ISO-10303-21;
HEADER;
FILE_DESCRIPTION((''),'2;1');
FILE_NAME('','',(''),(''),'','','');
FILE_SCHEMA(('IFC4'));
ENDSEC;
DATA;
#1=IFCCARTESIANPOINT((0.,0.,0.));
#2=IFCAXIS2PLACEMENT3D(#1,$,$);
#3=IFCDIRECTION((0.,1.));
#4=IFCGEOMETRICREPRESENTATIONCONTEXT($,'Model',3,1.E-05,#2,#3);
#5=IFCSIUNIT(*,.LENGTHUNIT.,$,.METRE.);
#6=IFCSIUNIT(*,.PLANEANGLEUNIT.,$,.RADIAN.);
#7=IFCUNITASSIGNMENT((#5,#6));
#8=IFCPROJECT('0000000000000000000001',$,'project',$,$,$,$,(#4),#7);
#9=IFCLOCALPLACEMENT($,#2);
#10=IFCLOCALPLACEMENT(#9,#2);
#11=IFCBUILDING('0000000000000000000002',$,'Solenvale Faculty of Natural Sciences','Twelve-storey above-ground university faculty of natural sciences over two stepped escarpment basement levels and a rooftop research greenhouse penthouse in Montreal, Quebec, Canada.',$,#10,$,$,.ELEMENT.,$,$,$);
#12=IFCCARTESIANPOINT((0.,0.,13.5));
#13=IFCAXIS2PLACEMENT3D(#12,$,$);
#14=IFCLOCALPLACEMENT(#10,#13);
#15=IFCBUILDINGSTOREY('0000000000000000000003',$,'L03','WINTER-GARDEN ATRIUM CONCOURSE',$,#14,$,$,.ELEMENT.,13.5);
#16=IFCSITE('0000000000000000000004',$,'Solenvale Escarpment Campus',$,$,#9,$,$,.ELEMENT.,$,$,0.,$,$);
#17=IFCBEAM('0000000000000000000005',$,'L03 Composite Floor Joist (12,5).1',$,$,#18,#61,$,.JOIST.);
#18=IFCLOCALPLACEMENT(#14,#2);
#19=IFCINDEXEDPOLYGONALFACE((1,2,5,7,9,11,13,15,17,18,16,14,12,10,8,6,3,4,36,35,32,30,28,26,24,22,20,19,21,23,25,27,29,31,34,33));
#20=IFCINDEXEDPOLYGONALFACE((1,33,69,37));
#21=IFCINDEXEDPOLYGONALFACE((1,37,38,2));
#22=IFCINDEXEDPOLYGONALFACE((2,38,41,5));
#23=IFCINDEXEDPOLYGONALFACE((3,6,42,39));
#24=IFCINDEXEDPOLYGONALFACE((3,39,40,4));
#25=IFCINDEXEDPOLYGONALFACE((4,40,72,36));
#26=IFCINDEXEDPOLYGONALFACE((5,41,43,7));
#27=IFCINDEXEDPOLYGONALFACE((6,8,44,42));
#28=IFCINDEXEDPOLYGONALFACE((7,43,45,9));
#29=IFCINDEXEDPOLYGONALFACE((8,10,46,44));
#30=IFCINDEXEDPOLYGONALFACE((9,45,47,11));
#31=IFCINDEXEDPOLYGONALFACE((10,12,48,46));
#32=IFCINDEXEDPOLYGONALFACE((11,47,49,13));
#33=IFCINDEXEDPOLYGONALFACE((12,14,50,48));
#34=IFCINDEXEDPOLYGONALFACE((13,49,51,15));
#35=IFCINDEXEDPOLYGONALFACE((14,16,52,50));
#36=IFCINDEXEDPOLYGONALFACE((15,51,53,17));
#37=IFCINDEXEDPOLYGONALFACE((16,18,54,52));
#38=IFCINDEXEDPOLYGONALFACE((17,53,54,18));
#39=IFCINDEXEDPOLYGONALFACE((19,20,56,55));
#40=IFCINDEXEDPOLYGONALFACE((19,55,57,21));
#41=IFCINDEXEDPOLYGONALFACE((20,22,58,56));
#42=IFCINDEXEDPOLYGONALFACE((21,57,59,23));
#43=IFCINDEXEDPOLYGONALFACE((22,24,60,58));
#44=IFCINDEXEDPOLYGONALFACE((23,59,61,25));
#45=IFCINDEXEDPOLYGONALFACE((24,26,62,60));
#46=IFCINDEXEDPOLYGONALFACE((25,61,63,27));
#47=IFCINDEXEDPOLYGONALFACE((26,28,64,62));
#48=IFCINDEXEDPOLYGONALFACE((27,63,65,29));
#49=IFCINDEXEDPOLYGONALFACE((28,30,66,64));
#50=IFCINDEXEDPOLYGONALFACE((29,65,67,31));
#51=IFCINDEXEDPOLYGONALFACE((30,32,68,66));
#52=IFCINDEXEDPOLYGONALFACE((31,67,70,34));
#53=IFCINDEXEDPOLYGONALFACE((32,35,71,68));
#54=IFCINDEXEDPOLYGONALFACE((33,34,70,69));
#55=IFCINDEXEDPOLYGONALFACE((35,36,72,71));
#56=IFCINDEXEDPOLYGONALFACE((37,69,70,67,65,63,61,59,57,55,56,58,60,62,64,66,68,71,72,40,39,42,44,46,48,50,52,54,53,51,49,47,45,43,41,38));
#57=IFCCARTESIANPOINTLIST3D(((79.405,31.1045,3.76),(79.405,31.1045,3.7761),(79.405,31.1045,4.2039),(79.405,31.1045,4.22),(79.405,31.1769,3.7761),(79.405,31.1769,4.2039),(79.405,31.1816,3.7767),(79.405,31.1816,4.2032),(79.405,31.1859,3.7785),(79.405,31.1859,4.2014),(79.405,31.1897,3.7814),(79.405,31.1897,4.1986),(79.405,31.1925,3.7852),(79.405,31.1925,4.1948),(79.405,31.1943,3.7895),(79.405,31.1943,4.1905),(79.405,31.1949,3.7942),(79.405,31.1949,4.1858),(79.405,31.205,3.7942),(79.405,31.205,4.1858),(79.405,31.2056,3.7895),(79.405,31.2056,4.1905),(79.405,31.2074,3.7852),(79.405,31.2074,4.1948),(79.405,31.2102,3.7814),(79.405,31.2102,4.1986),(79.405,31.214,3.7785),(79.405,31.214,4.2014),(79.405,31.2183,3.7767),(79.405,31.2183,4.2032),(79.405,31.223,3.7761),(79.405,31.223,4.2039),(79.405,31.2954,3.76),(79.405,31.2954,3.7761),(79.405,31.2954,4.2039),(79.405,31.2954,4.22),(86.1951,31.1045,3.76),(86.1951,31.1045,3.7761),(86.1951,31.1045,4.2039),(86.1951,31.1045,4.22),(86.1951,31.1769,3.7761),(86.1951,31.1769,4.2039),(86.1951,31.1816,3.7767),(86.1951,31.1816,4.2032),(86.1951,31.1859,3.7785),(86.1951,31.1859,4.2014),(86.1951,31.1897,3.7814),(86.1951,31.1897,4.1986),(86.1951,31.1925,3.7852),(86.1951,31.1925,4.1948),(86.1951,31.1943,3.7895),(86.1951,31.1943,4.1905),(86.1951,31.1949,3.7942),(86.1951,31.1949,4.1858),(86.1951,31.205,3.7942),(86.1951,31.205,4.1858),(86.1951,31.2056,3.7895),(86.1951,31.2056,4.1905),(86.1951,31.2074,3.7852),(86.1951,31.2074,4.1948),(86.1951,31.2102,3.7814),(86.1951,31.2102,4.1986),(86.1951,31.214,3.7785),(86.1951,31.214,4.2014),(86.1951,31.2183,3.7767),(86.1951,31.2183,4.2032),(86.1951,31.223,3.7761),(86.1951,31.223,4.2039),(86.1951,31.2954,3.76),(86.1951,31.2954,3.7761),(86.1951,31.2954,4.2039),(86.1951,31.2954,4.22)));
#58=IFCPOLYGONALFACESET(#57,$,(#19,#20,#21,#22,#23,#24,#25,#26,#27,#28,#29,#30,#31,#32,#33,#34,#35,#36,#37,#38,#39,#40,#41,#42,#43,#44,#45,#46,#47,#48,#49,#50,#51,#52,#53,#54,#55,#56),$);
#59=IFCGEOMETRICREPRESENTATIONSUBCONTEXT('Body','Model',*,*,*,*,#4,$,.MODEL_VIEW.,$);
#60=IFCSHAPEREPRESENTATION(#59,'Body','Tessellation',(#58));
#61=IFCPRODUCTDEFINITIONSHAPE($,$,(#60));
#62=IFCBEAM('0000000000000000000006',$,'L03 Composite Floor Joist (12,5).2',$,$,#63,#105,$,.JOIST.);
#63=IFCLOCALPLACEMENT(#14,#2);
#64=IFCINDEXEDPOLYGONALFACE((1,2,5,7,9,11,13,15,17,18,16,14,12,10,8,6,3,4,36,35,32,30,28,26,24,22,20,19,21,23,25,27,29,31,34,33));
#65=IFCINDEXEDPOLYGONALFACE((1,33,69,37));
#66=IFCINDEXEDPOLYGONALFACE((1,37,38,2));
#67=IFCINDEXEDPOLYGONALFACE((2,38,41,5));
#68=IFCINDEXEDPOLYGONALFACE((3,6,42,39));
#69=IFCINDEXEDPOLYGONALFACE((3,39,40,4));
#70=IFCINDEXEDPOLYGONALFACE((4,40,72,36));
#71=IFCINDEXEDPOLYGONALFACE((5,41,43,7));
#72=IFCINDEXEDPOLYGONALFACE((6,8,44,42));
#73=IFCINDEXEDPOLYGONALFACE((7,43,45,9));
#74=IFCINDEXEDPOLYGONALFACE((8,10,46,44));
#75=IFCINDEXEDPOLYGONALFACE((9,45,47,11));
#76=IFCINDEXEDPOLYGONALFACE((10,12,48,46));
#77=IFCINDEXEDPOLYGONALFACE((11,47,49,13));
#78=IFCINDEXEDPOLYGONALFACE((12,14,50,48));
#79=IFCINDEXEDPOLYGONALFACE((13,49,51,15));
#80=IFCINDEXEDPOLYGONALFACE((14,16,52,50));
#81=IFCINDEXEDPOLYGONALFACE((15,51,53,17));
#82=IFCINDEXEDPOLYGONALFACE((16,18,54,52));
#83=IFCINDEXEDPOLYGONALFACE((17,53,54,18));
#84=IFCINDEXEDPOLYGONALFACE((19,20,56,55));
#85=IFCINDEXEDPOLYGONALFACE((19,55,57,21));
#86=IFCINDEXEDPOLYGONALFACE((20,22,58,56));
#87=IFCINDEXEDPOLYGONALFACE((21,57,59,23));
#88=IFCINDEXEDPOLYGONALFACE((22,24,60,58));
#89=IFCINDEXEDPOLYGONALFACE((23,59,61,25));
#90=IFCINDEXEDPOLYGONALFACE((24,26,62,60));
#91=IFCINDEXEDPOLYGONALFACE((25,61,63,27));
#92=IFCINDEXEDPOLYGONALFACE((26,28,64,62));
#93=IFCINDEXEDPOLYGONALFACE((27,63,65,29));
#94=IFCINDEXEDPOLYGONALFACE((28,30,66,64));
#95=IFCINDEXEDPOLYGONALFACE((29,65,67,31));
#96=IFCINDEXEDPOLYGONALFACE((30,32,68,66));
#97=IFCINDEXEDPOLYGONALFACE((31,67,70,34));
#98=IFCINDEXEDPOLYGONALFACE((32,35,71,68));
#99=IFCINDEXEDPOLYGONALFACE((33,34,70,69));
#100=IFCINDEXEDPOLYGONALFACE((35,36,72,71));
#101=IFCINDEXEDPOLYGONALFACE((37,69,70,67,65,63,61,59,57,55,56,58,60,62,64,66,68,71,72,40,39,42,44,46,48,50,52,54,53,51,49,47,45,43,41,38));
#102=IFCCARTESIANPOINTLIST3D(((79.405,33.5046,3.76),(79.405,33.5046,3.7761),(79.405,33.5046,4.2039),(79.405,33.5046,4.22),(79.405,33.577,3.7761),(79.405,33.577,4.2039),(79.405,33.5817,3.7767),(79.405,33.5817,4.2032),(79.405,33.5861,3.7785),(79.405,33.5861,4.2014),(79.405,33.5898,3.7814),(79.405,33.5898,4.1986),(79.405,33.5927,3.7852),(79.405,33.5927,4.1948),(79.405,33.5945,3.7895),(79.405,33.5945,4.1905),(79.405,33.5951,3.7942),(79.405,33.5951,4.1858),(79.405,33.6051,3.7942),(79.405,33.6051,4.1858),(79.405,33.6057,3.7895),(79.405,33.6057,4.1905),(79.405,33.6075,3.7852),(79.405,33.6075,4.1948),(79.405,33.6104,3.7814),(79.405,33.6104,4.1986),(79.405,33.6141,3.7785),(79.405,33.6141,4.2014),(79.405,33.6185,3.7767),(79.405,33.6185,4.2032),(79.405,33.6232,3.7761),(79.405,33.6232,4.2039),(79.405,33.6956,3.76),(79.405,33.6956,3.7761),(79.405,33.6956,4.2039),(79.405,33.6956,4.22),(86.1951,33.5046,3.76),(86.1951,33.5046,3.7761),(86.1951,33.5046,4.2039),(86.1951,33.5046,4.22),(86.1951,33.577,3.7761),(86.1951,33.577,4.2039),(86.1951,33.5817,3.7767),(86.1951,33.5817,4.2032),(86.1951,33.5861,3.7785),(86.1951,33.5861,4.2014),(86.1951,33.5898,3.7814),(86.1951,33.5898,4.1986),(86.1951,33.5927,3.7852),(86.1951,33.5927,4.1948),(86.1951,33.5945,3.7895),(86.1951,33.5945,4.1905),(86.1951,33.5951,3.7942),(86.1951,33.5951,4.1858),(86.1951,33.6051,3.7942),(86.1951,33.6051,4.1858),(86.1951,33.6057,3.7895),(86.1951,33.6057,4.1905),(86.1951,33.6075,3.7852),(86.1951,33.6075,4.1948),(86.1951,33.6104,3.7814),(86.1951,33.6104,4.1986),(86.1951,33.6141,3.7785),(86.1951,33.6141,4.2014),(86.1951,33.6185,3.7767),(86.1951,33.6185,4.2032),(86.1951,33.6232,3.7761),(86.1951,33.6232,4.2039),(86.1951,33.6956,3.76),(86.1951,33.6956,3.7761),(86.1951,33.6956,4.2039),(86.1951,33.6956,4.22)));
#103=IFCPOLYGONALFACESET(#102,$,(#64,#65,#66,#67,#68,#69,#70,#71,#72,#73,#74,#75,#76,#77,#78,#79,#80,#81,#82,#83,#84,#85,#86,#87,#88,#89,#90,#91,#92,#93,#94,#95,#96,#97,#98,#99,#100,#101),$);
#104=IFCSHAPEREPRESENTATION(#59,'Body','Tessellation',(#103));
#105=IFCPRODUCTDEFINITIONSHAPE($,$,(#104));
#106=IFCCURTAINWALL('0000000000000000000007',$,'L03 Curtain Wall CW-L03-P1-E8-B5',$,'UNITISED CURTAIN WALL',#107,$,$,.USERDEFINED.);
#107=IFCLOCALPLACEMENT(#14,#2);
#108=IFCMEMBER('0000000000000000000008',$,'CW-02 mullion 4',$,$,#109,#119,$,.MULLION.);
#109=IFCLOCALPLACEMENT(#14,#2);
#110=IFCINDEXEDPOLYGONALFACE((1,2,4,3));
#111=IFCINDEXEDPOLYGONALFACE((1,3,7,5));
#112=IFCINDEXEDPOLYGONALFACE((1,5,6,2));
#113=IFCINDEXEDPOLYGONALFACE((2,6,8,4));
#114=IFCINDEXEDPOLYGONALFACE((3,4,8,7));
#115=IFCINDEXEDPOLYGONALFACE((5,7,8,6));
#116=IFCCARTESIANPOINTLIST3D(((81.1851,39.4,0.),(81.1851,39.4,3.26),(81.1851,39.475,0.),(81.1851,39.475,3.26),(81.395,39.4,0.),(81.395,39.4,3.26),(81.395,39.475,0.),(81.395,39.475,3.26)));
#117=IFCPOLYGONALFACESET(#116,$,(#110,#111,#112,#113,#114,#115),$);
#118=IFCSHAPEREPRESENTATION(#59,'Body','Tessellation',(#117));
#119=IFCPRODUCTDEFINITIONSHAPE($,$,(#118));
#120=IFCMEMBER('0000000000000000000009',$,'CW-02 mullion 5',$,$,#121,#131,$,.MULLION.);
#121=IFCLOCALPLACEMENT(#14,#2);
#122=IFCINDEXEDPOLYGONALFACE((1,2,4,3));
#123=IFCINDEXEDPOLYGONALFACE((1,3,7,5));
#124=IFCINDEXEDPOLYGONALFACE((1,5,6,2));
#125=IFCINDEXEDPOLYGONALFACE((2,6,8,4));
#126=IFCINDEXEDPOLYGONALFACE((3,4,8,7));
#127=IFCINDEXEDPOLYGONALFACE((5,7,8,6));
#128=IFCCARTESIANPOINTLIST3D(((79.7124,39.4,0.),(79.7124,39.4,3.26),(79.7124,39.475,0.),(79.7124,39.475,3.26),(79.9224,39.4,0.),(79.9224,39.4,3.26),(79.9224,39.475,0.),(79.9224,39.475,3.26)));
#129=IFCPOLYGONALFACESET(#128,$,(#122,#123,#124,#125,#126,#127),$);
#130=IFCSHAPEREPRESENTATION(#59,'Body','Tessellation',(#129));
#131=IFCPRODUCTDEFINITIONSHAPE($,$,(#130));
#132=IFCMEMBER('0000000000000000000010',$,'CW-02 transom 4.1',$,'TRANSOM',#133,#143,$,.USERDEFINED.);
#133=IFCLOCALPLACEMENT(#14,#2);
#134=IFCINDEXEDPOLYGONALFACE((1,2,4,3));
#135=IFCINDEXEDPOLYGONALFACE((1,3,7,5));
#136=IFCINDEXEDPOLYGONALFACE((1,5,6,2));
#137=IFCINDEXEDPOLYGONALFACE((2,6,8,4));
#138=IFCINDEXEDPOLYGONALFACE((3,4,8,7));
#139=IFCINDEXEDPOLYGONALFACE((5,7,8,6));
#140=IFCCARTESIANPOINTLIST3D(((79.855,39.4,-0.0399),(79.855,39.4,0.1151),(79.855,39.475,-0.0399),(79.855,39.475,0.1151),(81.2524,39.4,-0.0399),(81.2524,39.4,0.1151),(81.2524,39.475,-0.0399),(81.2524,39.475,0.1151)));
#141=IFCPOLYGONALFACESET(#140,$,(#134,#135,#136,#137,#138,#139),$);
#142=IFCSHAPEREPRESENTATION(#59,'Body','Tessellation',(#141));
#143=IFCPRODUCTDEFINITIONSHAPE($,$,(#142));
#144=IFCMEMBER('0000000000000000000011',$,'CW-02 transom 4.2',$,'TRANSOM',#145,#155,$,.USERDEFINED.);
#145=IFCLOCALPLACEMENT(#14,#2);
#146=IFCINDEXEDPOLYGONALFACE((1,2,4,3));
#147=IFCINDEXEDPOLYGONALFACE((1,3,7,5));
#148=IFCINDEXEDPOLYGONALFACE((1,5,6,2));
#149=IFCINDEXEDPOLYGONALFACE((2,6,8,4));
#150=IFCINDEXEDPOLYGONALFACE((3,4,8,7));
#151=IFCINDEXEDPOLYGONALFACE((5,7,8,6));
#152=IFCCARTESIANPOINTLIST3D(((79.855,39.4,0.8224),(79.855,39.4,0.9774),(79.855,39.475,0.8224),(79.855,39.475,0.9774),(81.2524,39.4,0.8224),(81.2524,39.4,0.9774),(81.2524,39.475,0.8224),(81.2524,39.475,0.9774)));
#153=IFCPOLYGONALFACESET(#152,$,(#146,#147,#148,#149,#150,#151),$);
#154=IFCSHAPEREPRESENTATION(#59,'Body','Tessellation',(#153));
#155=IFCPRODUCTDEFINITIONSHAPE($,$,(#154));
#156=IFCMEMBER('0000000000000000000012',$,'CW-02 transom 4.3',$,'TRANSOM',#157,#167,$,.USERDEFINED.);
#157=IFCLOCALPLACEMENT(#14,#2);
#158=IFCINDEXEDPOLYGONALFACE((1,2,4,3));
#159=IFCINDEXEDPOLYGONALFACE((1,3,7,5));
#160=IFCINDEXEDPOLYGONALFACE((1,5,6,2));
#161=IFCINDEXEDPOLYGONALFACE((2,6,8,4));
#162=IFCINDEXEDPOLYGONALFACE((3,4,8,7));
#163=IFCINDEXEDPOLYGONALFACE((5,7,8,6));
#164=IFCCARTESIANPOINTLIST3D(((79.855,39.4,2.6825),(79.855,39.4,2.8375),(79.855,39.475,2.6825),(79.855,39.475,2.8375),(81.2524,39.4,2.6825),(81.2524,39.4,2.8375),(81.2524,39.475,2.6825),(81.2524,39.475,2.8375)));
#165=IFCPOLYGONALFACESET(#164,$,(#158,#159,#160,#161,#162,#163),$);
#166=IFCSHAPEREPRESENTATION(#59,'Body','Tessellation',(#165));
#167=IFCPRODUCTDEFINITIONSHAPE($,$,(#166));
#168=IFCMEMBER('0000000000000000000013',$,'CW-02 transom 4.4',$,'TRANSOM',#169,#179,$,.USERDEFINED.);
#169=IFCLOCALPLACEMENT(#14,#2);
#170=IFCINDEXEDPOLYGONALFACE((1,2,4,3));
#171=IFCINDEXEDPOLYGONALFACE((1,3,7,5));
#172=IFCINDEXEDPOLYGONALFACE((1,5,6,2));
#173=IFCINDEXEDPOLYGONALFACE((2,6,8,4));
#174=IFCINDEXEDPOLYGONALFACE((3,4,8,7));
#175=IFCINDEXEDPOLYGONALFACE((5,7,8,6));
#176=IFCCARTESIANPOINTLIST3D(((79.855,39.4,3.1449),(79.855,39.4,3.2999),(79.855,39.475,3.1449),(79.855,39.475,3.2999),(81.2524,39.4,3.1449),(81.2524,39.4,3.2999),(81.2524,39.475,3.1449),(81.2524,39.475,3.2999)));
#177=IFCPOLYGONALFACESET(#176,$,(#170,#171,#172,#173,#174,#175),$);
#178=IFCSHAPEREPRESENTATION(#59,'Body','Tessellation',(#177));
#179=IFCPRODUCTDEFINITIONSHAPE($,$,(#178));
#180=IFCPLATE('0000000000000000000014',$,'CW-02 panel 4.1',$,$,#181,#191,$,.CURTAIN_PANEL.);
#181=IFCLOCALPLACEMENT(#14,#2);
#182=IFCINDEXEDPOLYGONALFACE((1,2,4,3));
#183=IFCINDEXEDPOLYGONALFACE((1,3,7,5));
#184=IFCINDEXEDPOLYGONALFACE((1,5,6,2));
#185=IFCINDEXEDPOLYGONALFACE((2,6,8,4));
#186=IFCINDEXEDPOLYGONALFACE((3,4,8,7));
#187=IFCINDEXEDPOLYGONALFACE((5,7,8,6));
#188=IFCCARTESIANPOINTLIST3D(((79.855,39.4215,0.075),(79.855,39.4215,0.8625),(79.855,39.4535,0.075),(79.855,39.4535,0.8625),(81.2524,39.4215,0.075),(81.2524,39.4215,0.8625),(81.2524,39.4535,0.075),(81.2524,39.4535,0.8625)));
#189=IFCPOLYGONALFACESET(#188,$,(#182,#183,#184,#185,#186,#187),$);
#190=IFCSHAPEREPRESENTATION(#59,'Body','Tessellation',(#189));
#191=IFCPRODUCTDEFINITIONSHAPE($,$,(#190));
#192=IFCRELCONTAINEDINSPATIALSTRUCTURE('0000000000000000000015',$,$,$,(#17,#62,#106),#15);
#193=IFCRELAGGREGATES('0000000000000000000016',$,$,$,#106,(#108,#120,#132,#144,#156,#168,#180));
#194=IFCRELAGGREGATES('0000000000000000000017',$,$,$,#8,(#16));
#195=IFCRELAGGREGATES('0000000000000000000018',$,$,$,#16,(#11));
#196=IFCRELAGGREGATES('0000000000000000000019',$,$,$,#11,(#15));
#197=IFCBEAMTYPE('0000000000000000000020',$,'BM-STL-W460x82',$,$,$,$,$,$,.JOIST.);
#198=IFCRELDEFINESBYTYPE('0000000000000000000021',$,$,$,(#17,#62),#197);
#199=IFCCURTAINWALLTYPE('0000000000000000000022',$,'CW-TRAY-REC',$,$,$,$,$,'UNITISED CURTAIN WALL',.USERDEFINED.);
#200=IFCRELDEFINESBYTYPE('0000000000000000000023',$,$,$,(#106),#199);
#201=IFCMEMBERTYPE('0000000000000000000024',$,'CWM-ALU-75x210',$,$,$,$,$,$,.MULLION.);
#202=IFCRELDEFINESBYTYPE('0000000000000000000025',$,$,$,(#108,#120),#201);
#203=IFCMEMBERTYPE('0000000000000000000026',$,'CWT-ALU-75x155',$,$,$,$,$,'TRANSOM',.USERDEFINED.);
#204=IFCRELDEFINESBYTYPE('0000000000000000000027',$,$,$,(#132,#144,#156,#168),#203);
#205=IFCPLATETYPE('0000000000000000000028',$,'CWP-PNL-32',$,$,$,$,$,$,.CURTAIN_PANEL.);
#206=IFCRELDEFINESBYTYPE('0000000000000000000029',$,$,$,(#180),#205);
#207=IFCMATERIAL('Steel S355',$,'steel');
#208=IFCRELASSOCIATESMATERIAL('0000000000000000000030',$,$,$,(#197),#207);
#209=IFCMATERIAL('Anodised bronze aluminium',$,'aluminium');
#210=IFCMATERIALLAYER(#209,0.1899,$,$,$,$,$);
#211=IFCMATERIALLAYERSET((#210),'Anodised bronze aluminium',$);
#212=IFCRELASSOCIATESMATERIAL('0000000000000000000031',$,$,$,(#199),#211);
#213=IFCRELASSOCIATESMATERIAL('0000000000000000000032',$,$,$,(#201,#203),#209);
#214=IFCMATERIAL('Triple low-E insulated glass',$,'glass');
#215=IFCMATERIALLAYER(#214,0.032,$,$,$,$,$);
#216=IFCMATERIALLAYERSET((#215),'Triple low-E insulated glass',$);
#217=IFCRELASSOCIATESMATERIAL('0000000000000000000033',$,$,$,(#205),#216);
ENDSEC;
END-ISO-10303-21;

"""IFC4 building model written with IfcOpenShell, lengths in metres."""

from ifc_helpers import new_model, si_unit, direction, frame, origin, origin_2d, place, context, subcontext, project, spatial, rectangle, i_section, extrude, material, layer, layer_set, material_profile, profile_set, type_object, element, aggregate, save


model = new_model("IFC4")

# Units and contexts
model_context = context("Model", 3, precision=1e-05, world=origin(), true_north=direction((0.0, 1.0)))
body_context = subcontext(model_context, "Body", "Model", "MODEL_VIEW")
ifc_project = project(units=[si_unit("LENGTHUNIT", "METRE"), si_unit("PLANEANGLEUNIT", "RADIAN")], contexts=[model_context])

# Site, building, storey
site_placement = place(None, origin())
site = spatial("IfcSite", under=ifc_project, at=site_placement, Name="Solenvale Escarpment Campus", CompositionType="ELEMENT", RefElevation=0.0)
building_placement = place(site_placement, origin())
building = spatial("IfcBuilding", under=site, at=building_placement, Name="Solenvale Faculty of Natural Sciences", Description="Twelve-storey above-ground university faculty of natural sciences over two stepped escarpment basement levels and a rooftop research greenhouse penthouse in Montreal, Quebec, Canada.", CompositionType="ELEMENT")
storey_placement = place(building_placement, frame((0.0, 0.0, 13.5)))
storey = spatial("IfcBuildingStorey", under=building, at=storey_placement, Name="L03", Description="WINTER-GARDEN ATRIUM CONCOURSE", CompositionType="ELEMENT", Elevation=13.5)

# Beams
ifc_material_1 = material(Name="Steel S355", Category="steel")
ifc_material_profile_1 = material_profile(ifc_material_1, i_section(OverallWidth=0.1909, OverallDepth=0.46, WebThickness=0.01, FlangeThickness=0.0161, FilletRadius=0.0181, at=origin_2d()), Name="W460x82")
ifc_profile_set_1 = profile_set([ifc_material_profile_1], Name="Steel S355")
beam_type_1 = type_object("IfcBeamType", Name="BM-STL-W460x82", PredefinedType="JOIST", material=ifc_profile_set_1)
for number, where, z_axis, x_axis, name in (
    (1, (79.405, 31.2, 3.99), (1.0, 0.0, 0.0), (0.0, 1.0, 0.0), "L03 Composite Floor Joist (12,5).1"),
    (2, (79.405, 33.6001, 3.99), (1.0, 0.0, 0.0), (0.0, 1.0, 0.0), "L03 Composite Floor Joist (12,5).2"),
):
    element("IfcBeam", number, at=place(storey_placement, frame(where, z_axis=z_axis, x_axis=x_axis)), inside=storey, type_object=beam_type_1, Name=name, PredefinedType="JOIST", context=body_context, shape_type="SweptSolid", body=[
        extrude(i_section(OverallWidth=0.1909, OverallDepth=0.46, WebThickness=0.01, FlangeThickness=0.0161, FilletRadius=0.0181, at=origin_2d()), origin(), (0.0, 0.0, 1.0), 6.79),
    ])

# Curtain wall, members, plate
ifc_material_2 = material(Name="Anodised bronze aluminium", Category="aluminium")
ifc_layer_1 = layer(ifc_material_2, 0.1899)
ifc_layer_set_1 = layer_set([ifc_layer_1], Name="Anodised bronze aluminium")
curtain_wall_type = type_object("IfcCurtainWallType", Name="CW-TRAY-REC", ElementType="UNITISED CURTAIN WALL", PredefinedType="USERDEFINED", material=ifc_layer_set_1)
curtain_wall_placement = place(storey_placement, origin())
curtain_wall = element("IfcCurtainWall", 3, at=curtain_wall_placement, inside=storey, type_object=curtain_wall_type, Name="L03 Curtain Wall CW-L03-P1-E8-B5", ObjectType="UNITISED CURTAIN WALL", PredefinedType="USERDEFINED")
ifc_material_profile_2 = material_profile(ifc_material_2, rectangle(XDim=0.075, YDim=0.21, at=origin_2d()), Name="ALU-MUL-75x210")
ifc_profile_set_2 = profile_set([ifc_material_profile_2], Name="Anodised bronze aluminium")
member_type_1 = type_object("IfcMemberType", Name="CWM-ALU-75x210", PredefinedType="MULLION", material=ifc_profile_set_2)
member_1_placement = place(storey_placement, frame((81.29, 39.4375, 0.0), z_axis=(0.0, 0.0, 1.0), x_axis=(0.0, -1.0, 0.0)))
member_1 = element("IfcMember", 4, at=member_1_placement, type_object=member_type_1, Name="CW-02 mullion 4", PredefinedType="MULLION", context=body_context, shape_type="SweptSolid", body=[
    extrude(rectangle(XDim=0.075, YDim=0.21, at=origin_2d()), origin(), (0.0, 0.0, 1.0), 3.26),
])
member_2_placement = place(storey_placement, frame((79.8174, 39.4375, 0.0), z_axis=(0.0, 0.0, 1.0), x_axis=(0.0, -1.0, 0.0)))
member_2 = element("IfcMember", 5, at=member_2_placement, type_object=member_type_1, Name="CW-02 mullion 5", PredefinedType="MULLION", context=body_context, shape_type="SweptSolid", body=[
    extrude(rectangle(XDim=0.075, YDim=0.21, at=origin_2d()), origin(), (0.0, 0.0, 1.0), 3.26),
])
ifc_material_profile_3 = material_profile(ifc_material_2, rectangle(XDim=0.075, YDim=0.155, at=origin_2d()), Name="ALU-TRN-75x155")
ifc_profile_set_3 = profile_set([ifc_material_profile_3], Name="Anodised bronze aluminium")
member_type_2 = type_object("IfcMemberType", Name="CWT-ALU-75x155", ElementType="TRANSOM", PredefinedType="USERDEFINED", material=ifc_profile_set_3)
member_3_placement = place(storey_placement, frame((81.2524, 39.4375, 0.0376), z_axis=(-1.0, 0.0, 0.0), x_axis=(0.0, -1.0, 0.0)))
member_3 = element("IfcMember", 6, at=member_3_placement, type_object=member_type_2, Name="CW-02 transom 4.1", ObjectType="TRANSOM", PredefinedType="USERDEFINED", context=body_context, shape_type="SweptSolid", body=[
    extrude(rectangle(XDim=0.075, YDim=0.155, at=origin_2d()), origin(), (0.0, 0.0, 1.0), 1.3975),
])
member_4_placement = place(storey_placement, frame((81.2524, 39.4375, 0.8999), z_axis=(-1.0, 0.0, 0.0), x_axis=(0.0, -1.0, 0.0)))
member_4 = element("IfcMember", 7, at=member_4_placement, type_object=member_type_2, Name="CW-02 transom 4.2", ObjectType="TRANSOM", PredefinedType="USERDEFINED", context=body_context, shape_type="SweptSolid", body=[
    extrude(rectangle(XDim=0.075, YDim=0.155, at=origin_2d()), origin(), (0.0, 0.0, 1.0), 1.3975),
])
member_5_placement = place(storey_placement, frame((81.2524, 39.4375, 2.76), z_axis=(-1.0, 0.0, 0.0), x_axis=(0.0, -1.0, 0.0)))
member_5 = element("IfcMember", 8, at=member_5_placement, type_object=member_type_2, Name="CW-02 transom 4.3", ObjectType="TRANSOM", PredefinedType="USERDEFINED", context=body_context, shape_type="SweptSolid", body=[
    extrude(rectangle(XDim=0.075, YDim=0.155, at=origin_2d()), origin(), (0.0, 0.0, 1.0), 1.3975),
])
member_6_placement = place(storey_placement, frame((81.2524, 39.4375, 3.2224), z_axis=(-1.0, 0.0, 0.0), x_axis=(0.0, -1.0, 0.0)))
member_6 = element("IfcMember", 9, at=member_6_placement, type_object=member_type_2, Name="CW-02 transom 4.4", ObjectType="TRANSOM", PredefinedType="USERDEFINED", context=body_context, shape_type="SweptSolid", body=[
    extrude(rectangle(XDim=0.075, YDim=0.155, at=origin_2d()), origin(), (0.0, 0.0, 1.0), 1.3975),
])
ifc_material_3 = material(Name="Triple low-E insulated glass", Category="glass")
ifc_layer_2 = layer(ifc_material_3, 0.032)
ifc_layer_set_2 = layer_set([ifc_layer_2], Name="Triple low-E insulated glass")
plate_type = type_object("IfcPlateType", Name="CWP-PNL-32", PredefinedType="CURTAIN_PANEL", material=ifc_layer_set_2)
plate_1_placement = place(storey_placement, frame((80.5537, 39.4375, 0.075), z_axis=(0.0, 0.0, 1.0), x_axis=(-1.0, 0.0, 0.0)))
plate_1 = element("IfcPlate", 10, at=plate_1_placement, type_object=plate_type, Name="CW-02 panel 4.1", PredefinedType="CURTAIN_PANEL", context=body_context, shape_type="SweptSolid", body=[
    extrude(rectangle(XDim=1.3975, YDim=0.032, at=origin_2d()), origin(), (0.0, 0.0, 1.0), 0.7876),
])
aggregate(curtain_wall, [member_1, member_2, member_3, member_4, member_5, member_6, plate_1])

save(model, "model.ifc")
